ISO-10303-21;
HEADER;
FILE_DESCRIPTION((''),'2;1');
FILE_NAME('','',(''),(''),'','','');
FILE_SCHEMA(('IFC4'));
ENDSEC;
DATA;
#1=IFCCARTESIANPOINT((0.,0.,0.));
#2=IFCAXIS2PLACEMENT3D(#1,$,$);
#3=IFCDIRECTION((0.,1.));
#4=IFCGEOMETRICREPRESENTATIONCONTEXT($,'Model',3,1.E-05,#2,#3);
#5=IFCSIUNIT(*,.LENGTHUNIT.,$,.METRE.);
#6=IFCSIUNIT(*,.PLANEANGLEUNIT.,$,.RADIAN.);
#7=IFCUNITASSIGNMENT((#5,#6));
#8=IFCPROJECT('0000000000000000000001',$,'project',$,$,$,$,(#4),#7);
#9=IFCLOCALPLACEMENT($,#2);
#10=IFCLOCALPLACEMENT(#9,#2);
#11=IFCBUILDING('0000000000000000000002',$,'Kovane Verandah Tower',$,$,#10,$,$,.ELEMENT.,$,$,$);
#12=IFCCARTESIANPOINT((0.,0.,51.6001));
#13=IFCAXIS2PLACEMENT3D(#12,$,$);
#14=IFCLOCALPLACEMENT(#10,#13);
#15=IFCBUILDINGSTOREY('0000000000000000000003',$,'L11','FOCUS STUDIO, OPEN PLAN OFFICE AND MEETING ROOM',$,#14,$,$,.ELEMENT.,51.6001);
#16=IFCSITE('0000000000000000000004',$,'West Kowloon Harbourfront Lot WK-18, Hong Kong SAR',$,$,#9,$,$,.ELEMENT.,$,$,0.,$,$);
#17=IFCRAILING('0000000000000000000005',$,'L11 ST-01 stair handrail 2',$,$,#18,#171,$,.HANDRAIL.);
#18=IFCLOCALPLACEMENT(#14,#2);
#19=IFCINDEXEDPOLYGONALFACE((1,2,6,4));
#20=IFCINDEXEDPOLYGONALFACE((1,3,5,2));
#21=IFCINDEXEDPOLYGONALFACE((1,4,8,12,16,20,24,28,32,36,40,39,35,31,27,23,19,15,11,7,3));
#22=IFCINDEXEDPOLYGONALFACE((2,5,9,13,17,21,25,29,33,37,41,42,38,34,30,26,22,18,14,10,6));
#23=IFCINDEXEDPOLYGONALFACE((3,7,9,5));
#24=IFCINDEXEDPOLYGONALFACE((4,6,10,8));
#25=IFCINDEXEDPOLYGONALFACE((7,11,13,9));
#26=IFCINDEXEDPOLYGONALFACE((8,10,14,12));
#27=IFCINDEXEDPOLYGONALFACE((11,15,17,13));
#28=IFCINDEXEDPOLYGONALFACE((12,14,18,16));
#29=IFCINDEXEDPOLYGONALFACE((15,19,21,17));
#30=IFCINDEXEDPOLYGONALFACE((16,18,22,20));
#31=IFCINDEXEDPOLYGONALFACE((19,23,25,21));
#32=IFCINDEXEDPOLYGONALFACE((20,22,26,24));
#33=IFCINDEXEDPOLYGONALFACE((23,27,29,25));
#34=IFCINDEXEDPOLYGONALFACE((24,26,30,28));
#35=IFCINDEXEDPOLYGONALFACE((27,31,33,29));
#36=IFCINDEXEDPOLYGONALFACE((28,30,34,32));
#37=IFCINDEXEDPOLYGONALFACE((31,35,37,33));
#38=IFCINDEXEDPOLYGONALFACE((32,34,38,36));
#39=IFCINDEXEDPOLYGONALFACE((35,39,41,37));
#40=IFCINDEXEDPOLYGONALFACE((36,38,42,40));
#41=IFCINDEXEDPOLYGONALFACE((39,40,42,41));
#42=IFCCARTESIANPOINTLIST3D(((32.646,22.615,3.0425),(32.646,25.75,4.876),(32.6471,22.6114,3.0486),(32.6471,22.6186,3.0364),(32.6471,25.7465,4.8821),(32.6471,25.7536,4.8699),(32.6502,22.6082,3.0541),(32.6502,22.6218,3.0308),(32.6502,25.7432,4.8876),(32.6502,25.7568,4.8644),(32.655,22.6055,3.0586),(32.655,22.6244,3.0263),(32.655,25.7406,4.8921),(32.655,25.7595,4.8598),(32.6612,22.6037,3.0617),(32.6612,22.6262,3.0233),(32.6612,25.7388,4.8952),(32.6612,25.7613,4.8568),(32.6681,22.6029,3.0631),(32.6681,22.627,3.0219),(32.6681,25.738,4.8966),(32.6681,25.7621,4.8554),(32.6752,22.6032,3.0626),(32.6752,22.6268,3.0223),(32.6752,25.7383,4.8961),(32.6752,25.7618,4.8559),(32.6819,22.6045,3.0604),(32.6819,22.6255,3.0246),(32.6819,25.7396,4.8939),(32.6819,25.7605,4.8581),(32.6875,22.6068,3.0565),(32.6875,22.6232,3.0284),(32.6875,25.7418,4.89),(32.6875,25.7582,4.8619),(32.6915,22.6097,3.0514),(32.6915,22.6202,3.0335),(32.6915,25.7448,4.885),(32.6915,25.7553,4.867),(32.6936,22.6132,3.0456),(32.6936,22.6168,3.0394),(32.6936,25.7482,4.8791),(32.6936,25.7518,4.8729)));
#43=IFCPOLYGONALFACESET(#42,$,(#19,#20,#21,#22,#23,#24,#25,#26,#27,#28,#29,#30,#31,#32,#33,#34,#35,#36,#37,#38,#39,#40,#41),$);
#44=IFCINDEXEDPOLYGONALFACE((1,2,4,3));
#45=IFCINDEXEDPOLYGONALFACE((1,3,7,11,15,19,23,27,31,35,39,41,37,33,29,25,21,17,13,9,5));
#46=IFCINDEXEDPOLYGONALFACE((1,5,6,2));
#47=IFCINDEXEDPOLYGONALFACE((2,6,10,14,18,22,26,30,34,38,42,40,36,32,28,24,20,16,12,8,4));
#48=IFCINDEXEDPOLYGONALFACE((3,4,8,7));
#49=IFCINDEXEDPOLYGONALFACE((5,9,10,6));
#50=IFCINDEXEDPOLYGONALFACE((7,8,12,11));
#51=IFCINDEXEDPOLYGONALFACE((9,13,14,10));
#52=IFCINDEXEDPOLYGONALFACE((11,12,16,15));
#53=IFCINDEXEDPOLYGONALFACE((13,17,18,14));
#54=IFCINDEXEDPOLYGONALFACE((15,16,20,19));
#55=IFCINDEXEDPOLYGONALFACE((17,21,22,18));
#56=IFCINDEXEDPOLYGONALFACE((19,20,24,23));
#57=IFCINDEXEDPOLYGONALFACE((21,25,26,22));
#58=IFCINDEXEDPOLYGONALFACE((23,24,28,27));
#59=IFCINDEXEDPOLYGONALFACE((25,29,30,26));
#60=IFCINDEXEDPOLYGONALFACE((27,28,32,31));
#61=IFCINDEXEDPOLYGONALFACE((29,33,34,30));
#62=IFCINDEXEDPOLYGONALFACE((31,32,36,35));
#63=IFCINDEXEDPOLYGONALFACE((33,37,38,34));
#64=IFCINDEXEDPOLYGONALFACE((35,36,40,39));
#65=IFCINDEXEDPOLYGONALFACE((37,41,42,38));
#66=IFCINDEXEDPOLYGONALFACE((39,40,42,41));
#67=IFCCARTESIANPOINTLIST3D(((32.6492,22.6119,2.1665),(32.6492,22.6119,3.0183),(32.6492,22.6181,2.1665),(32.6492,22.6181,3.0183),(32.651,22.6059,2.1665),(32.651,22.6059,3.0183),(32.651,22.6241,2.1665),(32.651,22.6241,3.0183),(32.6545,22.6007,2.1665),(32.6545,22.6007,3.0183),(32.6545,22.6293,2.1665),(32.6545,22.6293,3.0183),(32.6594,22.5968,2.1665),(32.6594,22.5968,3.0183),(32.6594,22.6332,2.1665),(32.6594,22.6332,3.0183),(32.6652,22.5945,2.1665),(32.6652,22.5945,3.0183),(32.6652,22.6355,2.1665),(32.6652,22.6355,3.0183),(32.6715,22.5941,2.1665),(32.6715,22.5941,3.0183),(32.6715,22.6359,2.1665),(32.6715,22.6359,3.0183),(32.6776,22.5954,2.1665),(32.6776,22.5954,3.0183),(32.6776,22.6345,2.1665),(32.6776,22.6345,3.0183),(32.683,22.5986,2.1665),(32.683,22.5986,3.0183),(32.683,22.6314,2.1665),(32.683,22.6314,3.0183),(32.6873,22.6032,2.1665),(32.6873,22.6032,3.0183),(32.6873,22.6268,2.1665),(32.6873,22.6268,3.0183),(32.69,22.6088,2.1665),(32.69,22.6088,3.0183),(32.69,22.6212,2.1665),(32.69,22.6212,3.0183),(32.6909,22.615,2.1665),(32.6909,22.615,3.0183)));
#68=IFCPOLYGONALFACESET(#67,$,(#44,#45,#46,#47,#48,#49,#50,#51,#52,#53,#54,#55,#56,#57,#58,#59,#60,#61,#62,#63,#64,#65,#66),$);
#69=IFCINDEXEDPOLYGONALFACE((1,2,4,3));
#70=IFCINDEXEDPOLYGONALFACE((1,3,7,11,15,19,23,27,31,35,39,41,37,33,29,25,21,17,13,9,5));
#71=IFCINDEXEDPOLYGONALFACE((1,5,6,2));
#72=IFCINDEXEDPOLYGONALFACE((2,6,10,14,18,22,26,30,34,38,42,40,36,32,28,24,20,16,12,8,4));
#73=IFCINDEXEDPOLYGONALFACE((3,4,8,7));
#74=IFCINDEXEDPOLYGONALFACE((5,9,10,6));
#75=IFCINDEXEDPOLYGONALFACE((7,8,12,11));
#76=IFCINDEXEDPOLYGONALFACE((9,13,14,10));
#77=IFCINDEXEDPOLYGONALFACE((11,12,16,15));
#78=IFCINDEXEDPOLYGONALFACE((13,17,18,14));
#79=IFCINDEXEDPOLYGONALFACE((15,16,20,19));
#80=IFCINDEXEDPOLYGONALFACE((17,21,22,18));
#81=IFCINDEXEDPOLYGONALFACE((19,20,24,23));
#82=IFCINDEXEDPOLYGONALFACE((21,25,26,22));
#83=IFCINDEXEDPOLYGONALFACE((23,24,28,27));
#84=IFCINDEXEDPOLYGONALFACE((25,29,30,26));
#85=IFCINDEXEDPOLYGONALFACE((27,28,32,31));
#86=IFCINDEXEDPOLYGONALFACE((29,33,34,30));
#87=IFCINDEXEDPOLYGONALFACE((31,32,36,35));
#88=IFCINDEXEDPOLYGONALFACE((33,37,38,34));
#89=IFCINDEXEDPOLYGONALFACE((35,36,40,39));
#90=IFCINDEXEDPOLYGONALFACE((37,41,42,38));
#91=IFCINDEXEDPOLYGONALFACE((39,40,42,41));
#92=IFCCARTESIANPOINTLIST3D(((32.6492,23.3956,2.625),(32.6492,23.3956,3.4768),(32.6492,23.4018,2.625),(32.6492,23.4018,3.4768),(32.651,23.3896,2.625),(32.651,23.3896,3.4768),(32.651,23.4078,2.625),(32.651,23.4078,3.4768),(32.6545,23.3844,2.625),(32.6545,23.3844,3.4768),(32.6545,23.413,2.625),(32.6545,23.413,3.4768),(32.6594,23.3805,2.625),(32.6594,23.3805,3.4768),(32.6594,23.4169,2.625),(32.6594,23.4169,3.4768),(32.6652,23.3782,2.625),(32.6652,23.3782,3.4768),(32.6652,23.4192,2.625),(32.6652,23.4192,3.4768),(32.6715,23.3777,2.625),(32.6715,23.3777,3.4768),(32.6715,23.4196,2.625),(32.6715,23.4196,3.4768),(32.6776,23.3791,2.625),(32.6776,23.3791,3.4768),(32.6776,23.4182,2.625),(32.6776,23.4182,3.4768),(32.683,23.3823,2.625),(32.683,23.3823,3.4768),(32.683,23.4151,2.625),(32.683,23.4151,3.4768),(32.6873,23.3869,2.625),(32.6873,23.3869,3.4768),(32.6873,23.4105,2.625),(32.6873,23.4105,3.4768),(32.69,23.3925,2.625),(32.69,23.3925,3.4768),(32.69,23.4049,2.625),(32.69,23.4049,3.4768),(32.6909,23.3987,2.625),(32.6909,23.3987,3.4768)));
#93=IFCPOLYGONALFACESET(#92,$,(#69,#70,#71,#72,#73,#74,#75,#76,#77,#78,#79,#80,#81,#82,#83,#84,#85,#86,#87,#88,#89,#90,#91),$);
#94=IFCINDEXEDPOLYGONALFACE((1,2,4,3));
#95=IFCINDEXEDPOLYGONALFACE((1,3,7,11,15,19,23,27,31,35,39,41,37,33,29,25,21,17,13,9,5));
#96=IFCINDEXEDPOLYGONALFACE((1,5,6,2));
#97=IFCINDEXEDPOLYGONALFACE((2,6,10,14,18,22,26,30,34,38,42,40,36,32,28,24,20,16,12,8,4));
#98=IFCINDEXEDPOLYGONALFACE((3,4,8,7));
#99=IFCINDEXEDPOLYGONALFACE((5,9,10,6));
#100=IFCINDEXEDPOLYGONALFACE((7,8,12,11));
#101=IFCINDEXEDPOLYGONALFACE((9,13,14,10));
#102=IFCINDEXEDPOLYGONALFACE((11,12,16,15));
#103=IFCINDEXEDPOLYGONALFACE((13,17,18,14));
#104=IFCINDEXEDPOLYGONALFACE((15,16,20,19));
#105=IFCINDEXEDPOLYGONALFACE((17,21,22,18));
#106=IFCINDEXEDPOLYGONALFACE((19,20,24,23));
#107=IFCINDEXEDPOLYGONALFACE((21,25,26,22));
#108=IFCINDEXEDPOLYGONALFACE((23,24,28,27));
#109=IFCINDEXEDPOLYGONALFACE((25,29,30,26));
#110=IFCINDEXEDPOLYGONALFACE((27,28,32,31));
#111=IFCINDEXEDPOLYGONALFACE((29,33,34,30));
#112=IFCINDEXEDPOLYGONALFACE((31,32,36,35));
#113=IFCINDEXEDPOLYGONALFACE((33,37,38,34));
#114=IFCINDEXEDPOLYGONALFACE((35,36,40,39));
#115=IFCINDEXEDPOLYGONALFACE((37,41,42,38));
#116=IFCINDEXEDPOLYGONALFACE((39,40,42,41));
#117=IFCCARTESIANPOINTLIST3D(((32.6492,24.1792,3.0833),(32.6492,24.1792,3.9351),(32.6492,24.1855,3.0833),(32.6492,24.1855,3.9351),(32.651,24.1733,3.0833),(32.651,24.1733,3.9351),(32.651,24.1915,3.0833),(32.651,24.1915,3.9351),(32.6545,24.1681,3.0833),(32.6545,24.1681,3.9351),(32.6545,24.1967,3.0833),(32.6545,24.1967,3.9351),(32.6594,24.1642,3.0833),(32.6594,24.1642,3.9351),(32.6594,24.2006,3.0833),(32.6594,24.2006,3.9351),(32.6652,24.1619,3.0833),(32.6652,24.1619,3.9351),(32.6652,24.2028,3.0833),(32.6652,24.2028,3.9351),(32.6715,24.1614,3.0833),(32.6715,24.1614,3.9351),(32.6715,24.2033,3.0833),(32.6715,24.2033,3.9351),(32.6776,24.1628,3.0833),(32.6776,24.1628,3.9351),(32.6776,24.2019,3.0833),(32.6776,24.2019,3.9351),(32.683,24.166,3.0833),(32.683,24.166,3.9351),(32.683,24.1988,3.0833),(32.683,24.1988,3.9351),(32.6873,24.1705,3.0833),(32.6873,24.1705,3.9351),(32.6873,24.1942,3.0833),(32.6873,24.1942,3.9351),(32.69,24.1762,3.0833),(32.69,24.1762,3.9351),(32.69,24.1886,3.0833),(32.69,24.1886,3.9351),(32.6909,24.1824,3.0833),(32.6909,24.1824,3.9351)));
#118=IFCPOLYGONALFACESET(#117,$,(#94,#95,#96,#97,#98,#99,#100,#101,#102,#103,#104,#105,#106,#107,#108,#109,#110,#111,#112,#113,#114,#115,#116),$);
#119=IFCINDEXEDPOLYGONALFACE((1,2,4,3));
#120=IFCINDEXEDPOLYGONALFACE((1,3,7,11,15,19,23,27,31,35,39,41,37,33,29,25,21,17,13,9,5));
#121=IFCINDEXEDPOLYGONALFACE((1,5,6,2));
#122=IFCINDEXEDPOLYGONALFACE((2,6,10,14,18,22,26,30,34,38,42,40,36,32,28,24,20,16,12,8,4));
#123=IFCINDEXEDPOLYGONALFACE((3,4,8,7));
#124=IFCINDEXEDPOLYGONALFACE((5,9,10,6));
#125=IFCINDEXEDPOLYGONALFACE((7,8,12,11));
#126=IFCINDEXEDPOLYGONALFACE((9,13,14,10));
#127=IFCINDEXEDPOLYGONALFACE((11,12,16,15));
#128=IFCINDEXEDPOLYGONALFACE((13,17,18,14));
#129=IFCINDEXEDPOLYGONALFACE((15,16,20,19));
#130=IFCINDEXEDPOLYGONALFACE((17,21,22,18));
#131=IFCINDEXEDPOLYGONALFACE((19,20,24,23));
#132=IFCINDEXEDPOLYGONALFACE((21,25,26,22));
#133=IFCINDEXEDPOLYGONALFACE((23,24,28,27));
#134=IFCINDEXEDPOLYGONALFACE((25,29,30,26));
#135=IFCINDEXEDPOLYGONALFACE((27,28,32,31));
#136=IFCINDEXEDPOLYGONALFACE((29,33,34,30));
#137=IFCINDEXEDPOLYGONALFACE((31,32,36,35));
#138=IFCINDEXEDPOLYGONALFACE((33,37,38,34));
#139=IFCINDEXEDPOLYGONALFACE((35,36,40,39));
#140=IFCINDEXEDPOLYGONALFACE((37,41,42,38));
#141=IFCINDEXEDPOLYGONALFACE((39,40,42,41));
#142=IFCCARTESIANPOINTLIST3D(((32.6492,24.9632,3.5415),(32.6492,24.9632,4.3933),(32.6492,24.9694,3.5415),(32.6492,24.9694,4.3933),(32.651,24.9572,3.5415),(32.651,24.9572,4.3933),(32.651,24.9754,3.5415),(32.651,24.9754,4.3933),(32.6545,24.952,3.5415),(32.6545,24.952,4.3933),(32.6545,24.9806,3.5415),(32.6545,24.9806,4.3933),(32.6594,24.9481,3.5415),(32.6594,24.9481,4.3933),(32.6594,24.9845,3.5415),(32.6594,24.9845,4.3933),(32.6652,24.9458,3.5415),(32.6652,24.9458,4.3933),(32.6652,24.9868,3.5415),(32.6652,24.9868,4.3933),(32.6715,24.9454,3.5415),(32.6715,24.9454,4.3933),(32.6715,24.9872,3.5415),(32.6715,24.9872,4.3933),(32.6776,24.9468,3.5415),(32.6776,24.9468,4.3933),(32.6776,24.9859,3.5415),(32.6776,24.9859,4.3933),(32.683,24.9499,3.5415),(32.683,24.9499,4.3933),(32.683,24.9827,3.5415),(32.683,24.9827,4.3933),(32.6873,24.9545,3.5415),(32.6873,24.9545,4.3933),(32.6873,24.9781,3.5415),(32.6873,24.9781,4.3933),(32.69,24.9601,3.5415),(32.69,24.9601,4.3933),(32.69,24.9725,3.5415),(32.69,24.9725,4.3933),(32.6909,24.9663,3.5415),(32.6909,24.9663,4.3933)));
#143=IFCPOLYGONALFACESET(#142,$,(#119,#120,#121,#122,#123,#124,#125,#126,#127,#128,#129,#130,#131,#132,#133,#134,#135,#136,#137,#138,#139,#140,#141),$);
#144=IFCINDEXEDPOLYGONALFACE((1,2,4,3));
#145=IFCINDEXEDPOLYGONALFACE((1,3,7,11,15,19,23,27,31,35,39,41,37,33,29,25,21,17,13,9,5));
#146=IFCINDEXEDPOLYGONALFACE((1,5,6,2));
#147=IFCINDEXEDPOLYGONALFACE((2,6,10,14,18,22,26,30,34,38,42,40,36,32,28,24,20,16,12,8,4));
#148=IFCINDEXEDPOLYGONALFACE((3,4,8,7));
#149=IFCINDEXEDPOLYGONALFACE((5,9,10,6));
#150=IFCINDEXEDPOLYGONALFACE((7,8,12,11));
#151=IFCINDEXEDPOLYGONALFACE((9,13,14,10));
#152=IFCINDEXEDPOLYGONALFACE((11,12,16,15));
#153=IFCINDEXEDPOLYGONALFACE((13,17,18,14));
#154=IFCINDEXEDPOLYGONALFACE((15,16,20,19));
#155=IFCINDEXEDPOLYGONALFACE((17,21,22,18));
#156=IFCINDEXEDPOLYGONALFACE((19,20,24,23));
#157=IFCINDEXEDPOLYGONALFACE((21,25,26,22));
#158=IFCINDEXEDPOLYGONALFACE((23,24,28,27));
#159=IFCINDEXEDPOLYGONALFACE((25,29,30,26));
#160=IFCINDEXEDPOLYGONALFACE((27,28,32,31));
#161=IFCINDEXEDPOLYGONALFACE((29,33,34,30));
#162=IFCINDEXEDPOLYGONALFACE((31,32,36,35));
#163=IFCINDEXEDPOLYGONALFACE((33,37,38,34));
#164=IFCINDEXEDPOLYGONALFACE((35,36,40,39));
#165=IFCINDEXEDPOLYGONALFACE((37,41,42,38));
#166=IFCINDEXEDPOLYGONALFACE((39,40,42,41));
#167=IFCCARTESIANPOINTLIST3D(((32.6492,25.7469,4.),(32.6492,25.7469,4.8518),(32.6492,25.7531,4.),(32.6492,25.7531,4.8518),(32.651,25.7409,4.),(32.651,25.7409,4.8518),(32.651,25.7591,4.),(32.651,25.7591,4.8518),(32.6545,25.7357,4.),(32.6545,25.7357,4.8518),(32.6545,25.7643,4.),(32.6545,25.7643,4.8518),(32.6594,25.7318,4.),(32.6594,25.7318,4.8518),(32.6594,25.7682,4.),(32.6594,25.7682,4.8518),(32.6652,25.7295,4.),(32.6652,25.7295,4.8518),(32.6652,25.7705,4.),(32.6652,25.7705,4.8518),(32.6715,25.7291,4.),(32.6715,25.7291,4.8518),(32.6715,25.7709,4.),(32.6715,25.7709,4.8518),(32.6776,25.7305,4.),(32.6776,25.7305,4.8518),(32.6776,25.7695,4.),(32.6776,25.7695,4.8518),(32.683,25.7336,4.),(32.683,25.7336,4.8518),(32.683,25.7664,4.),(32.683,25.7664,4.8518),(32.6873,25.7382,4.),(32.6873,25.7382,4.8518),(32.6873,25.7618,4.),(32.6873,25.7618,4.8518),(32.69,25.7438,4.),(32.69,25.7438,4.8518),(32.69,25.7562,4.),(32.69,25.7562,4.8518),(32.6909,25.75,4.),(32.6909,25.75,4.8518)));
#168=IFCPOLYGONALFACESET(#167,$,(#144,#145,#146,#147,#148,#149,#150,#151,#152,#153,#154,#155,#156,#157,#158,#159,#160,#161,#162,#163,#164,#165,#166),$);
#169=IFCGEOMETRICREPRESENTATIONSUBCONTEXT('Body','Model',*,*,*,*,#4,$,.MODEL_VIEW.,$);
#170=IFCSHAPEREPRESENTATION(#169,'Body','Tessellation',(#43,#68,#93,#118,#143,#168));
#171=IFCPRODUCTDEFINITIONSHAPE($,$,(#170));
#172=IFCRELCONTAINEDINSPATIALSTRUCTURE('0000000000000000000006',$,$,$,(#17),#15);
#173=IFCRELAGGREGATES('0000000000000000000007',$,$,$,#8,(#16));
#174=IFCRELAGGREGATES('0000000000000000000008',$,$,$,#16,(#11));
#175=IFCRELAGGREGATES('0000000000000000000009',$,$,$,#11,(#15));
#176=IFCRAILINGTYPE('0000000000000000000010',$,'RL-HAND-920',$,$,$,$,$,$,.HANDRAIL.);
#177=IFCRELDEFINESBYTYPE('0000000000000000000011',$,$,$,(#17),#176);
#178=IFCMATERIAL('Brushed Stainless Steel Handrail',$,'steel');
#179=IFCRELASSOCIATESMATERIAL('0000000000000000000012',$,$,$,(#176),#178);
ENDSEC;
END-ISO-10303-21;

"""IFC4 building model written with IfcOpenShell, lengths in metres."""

from ifc_helpers import new_model, si_unit, direction, frame, origin, origin_2d, place, context, subcontext, project, spatial, circle, extrude, material, type_object, element, save


model = new_model("IFC4")

# Units and contexts
model_context = context("Model", 3, precision=1e-05, world=origin(), true_north=direction((0.0, 1.0)))
body_context = subcontext(model_context, "Body", "Model", "MODEL_VIEW")
ifc_project = project(units=[si_unit("LENGTHUNIT", "METRE"), si_unit("PLANEANGLEUNIT", "RADIAN")], contexts=[model_context])

# Site, building, storey
site_placement = place(None, origin())
site = spatial("IfcSite", under=ifc_project, at=site_placement, Name="West Kowloon Harbourfront Lot WK-18, Hong Kong SAR", CompositionType="ELEMENT", RefElevation=0.0)
building_placement = place(site_placement, origin())
building = spatial("IfcBuilding", under=site, at=building_placement, Name="Kovane Verandah Tower", CompositionType="ELEMENT")
storey_placement = place(building_placement, frame((0.0, 0.0, 51.6001)))
storey = spatial("IfcBuildingStorey", under=building, at=storey_placement, Name="L11", Description="FOCUS STUDIO, OPEN PLAN OFFICE AND MEETING ROOM", CompositionType="ELEMENT", Elevation=51.6001)

# Railing
ifc_material_1 = material(Name="Brushed Stainless Steel Handrail", Category="steel")
railing_type = type_object("IfcRailingType", Name="RL-HAND-920", PredefinedType="HANDRAIL", material=ifc_material_1)
railing_1_placement = place(storey_placement, frame((32.6699, 22.615, 2.1665)))
element("IfcRailing", 1, at=railing_1_placement, inside=storey, type_object=railing_type, Name="L11 ST-01 stair handrail 2", PredefinedType="HANDRAIL", context=body_context, shape_type="SweptSolid", body=[
    extrude(circle(Radius=0.0239, at=origin_2d()), frame((0.0, 0.0, 0.876), z_axis=(0.0, 0.86321, 0.504845), x_axis=(-1.0, 0.0, 0.0)), (0.0, 0.0, 1.0), 3.6318),
    extrude(circle(Radius=0.021, at=origin_2d()), origin(), (0.0, 0.0, 1.0), 0.8518),
    extrude(circle(Radius=0.021, at=origin_2d()), frame((0.0, 0.7837, 0.4585)), (0.0, 0.0, 1.0), 0.8518),
    extrude(circle(Radius=0.021, at=origin_2d()), frame((0.0, 1.5674, 0.9167)), (0.0, 0.0, 1.0), 0.8518),
    extrude(circle(Radius=0.021, at=origin_2d()), frame((0.0, 2.3513, 1.375)), (0.0, 0.0, 1.0), 0.8518),
    extrude(circle(Radius=0.021, at=origin_2d()), frame((0.0, 3.135, 1.8335)), (0.0, 0.0, 1.0), 0.8518),
])

save(model, "model.ifc")
